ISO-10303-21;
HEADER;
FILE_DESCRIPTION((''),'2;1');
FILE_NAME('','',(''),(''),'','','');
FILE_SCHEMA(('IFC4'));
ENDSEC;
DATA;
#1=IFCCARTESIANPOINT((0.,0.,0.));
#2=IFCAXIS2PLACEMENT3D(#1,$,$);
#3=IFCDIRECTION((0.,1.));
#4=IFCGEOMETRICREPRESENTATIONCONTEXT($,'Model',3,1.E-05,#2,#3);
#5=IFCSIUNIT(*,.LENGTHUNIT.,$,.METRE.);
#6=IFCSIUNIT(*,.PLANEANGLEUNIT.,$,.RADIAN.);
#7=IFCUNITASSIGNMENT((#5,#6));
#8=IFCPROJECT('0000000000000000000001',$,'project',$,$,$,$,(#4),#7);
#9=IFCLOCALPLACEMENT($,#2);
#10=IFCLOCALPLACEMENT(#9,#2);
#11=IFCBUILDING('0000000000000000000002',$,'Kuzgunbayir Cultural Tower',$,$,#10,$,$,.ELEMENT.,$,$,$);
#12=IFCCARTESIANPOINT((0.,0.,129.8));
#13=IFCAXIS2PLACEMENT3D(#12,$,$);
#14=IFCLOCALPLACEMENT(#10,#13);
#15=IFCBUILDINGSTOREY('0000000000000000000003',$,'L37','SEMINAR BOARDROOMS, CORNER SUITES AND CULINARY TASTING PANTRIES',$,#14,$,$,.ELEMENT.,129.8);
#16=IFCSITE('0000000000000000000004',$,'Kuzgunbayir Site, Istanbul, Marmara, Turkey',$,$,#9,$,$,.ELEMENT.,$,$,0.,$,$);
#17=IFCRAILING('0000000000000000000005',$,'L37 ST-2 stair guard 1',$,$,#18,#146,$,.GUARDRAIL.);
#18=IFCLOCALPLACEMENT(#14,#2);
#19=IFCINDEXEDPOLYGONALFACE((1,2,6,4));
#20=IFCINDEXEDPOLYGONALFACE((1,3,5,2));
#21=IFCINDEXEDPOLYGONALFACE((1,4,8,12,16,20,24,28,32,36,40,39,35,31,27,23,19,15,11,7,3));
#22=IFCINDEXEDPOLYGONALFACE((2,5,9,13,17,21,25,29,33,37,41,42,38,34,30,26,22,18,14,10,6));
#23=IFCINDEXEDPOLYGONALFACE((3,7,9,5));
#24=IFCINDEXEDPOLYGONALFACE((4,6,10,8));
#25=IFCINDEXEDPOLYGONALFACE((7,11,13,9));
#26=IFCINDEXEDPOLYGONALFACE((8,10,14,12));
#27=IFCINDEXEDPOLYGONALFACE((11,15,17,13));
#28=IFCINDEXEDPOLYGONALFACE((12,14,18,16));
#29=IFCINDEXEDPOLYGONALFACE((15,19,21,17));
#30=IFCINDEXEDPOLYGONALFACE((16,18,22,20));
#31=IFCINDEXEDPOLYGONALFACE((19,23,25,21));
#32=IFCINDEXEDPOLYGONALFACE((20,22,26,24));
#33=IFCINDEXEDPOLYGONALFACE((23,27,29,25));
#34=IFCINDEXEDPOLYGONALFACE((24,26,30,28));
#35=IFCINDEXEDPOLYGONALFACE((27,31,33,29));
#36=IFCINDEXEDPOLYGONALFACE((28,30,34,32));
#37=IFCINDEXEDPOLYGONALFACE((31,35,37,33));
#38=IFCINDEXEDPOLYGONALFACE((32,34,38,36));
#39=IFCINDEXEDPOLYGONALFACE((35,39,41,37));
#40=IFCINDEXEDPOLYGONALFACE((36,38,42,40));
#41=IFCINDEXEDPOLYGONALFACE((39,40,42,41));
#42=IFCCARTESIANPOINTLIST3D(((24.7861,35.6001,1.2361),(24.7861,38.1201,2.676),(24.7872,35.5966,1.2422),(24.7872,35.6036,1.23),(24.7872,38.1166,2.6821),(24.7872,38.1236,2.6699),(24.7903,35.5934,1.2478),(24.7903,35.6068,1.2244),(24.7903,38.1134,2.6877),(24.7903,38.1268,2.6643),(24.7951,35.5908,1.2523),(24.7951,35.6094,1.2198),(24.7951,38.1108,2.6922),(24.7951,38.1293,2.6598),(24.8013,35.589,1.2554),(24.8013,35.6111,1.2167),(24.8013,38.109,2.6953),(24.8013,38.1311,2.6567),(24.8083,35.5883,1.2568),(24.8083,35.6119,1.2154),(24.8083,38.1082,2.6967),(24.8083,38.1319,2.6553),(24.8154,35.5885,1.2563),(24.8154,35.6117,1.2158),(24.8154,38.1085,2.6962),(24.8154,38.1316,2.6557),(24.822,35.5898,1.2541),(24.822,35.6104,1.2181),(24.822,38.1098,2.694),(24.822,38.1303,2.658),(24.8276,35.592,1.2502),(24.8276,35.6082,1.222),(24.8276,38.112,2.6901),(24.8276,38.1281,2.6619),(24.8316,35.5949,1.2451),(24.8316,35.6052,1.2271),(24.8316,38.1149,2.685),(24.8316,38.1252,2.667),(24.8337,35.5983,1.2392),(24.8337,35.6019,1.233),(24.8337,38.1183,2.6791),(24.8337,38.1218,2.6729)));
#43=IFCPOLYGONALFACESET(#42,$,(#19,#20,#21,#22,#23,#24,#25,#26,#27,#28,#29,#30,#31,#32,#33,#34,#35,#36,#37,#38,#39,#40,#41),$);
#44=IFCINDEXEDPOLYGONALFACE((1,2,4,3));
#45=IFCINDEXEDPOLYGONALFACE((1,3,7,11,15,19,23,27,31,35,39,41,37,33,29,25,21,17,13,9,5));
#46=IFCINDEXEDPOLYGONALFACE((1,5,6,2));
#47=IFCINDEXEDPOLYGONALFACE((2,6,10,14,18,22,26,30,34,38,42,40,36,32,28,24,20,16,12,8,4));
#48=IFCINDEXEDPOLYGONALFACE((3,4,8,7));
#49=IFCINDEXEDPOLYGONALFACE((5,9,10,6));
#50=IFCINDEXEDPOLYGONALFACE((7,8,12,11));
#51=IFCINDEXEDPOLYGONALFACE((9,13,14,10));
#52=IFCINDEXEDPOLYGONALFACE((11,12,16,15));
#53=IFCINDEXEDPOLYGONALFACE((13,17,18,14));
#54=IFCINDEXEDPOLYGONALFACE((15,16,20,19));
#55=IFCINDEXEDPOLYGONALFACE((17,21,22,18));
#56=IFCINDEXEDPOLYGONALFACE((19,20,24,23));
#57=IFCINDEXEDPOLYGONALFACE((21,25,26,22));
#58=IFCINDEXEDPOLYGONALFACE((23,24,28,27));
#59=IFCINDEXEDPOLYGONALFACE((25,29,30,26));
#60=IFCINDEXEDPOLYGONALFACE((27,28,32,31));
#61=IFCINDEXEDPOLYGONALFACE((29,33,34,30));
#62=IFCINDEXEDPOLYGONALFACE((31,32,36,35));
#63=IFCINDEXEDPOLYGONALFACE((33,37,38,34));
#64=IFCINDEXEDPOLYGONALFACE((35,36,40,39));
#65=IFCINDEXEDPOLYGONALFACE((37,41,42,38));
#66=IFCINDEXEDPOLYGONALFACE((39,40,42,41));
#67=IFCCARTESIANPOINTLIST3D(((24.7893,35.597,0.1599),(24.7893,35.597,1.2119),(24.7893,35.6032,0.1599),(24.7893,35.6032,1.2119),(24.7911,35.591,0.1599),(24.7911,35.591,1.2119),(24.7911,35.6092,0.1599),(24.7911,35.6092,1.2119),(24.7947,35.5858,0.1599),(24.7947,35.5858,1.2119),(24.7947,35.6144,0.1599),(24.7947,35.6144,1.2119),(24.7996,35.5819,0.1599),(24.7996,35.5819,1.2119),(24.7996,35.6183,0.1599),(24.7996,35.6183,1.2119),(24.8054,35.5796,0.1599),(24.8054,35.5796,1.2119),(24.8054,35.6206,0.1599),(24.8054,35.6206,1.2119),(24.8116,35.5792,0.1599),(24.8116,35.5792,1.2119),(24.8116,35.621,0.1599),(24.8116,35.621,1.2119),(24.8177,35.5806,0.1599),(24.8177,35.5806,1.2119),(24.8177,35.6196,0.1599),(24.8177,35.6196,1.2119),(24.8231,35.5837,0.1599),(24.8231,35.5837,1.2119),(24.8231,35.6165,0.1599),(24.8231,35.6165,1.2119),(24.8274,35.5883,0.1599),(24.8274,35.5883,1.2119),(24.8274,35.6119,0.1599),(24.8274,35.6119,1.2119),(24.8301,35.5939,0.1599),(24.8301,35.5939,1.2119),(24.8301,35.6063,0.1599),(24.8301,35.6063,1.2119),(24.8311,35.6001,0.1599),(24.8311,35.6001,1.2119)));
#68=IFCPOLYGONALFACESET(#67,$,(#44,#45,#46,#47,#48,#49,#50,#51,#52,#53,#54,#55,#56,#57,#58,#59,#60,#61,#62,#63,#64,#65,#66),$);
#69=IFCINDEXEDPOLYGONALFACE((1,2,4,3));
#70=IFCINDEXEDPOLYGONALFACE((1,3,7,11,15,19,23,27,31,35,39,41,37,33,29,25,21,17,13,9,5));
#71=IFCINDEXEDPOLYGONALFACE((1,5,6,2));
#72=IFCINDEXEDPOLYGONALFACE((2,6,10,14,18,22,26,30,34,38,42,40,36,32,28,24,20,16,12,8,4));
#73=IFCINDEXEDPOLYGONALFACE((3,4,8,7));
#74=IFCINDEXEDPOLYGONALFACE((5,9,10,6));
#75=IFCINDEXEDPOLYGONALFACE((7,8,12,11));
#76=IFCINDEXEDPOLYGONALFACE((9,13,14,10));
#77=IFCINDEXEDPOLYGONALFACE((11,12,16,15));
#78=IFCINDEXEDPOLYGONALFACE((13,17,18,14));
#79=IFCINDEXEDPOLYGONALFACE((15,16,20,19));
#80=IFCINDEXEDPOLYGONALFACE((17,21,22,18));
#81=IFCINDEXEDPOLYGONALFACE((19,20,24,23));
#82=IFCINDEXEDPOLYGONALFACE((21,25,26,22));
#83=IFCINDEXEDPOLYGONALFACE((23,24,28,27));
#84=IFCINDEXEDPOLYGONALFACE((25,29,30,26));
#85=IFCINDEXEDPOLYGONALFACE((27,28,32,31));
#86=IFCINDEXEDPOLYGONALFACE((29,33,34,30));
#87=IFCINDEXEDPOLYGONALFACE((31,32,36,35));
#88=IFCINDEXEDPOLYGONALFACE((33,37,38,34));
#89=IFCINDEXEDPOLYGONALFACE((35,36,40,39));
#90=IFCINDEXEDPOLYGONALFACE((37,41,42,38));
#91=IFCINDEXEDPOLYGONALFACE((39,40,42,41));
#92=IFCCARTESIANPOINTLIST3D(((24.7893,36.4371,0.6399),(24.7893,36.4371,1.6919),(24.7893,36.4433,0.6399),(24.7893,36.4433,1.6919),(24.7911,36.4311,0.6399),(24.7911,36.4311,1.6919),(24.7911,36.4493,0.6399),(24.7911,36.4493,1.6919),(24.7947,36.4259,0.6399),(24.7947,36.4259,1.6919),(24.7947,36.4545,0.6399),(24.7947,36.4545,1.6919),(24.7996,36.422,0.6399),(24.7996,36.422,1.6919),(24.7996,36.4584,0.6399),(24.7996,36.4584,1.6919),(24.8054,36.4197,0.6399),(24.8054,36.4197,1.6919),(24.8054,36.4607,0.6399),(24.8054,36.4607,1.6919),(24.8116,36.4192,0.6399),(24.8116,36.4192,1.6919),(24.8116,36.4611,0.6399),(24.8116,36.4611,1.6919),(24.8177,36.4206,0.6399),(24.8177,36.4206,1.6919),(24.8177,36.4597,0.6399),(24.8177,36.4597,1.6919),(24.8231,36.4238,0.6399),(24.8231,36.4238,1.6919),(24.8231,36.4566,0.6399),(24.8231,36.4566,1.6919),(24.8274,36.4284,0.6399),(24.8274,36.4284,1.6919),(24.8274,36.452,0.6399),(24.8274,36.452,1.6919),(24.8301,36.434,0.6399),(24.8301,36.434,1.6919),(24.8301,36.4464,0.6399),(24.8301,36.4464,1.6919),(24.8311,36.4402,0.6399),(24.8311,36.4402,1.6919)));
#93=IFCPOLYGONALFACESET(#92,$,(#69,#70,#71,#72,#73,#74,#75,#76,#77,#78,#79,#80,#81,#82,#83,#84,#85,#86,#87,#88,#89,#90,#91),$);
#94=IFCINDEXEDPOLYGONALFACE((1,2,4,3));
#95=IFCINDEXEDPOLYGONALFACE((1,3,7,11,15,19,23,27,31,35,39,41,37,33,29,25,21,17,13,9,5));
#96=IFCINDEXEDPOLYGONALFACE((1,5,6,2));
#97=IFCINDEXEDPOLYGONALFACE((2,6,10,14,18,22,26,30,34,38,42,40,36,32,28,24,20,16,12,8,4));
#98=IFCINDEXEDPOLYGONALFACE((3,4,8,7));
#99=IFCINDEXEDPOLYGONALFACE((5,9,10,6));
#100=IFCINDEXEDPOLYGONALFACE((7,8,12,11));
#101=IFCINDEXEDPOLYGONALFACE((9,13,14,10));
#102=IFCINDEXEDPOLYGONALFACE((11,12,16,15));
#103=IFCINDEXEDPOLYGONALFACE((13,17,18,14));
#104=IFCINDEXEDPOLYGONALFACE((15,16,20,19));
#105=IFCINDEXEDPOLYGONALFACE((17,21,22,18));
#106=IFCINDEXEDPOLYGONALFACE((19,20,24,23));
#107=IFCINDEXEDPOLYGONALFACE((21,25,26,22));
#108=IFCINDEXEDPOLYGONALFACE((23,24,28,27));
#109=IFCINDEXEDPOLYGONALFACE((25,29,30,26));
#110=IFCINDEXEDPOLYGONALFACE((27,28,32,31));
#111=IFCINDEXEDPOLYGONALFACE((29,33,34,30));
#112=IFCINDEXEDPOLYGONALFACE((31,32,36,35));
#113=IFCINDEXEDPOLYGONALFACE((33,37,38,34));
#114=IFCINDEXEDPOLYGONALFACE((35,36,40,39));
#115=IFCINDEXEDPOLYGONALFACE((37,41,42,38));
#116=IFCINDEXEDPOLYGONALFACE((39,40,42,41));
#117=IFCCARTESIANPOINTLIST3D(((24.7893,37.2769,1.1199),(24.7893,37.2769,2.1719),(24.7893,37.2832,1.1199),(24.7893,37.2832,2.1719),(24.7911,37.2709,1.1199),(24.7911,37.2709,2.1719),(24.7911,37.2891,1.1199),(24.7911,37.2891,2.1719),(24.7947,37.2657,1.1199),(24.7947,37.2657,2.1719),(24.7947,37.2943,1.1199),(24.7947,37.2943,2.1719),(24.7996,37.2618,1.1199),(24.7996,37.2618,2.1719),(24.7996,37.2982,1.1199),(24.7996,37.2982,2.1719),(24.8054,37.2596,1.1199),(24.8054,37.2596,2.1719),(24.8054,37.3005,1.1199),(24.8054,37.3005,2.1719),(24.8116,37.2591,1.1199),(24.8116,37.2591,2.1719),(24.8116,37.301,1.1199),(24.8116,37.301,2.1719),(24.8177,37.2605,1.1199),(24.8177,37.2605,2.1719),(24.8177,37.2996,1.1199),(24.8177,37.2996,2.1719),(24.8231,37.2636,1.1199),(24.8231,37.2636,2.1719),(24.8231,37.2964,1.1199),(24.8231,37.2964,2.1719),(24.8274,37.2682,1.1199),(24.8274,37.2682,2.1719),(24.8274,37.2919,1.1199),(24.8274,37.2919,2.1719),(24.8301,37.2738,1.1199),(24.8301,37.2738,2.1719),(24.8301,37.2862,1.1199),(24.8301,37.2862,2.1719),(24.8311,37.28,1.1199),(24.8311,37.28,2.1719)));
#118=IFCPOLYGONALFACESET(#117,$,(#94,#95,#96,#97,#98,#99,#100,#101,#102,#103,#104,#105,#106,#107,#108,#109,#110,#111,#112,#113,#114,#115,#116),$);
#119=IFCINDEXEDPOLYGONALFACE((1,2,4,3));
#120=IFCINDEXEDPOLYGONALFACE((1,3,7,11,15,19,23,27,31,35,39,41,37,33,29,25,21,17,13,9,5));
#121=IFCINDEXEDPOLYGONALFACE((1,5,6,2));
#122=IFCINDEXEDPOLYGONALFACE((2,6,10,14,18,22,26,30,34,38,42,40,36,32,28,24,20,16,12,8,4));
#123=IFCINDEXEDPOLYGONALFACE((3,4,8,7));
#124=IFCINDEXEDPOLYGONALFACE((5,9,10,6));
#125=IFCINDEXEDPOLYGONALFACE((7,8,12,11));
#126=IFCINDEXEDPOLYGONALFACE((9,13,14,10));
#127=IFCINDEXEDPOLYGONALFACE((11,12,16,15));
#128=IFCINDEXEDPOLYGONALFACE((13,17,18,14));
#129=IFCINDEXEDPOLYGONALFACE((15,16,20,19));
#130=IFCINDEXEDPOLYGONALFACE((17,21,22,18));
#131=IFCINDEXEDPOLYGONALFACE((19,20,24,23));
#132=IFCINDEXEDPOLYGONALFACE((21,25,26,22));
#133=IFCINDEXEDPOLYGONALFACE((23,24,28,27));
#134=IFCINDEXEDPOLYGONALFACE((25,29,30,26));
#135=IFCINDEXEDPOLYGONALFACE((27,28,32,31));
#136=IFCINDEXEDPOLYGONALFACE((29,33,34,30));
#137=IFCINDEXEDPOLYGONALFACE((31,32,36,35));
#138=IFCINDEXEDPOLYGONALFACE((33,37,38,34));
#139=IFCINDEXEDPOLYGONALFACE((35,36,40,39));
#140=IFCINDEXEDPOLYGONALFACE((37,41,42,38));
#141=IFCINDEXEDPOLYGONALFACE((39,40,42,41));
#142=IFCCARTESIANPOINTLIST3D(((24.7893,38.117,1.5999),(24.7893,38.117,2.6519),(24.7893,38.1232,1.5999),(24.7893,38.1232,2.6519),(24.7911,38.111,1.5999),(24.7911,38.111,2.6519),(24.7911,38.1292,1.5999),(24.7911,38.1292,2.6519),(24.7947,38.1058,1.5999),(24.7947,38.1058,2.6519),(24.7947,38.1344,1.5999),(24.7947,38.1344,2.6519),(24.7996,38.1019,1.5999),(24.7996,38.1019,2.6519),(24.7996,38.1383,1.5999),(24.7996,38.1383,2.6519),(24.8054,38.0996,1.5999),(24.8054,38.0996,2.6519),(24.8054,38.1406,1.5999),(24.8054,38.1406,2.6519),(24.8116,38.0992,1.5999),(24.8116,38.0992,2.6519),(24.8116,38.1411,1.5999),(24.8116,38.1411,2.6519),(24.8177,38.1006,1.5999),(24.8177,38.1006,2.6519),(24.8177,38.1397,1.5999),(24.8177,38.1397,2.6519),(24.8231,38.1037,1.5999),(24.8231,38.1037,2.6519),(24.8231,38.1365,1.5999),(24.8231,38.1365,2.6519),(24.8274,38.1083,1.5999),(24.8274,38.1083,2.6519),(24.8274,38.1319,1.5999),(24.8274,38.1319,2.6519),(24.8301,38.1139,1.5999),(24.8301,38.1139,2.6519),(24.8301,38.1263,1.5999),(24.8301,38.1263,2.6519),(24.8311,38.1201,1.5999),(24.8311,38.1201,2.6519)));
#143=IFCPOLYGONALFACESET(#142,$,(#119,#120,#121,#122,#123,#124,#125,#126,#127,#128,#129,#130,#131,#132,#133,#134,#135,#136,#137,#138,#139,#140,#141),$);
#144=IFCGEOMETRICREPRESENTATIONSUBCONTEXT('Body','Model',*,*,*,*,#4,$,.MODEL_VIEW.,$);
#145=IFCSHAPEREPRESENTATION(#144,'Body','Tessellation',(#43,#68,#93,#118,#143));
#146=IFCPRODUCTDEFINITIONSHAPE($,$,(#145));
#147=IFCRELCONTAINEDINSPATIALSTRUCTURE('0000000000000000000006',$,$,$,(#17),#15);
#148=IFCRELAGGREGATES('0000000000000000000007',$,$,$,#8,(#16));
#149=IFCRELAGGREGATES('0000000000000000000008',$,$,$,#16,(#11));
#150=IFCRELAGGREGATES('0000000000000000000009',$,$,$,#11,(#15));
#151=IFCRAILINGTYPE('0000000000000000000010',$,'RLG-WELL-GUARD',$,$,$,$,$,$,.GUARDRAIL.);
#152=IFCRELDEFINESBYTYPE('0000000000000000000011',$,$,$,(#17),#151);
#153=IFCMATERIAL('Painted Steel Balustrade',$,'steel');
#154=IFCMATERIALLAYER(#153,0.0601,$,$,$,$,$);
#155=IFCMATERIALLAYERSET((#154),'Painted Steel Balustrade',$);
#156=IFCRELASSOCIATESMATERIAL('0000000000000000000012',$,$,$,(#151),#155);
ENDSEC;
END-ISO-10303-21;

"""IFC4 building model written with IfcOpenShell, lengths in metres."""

from ifc_helpers import new_model, si_unit, direction, frame, origin, origin_2d, place, context, subcontext, project, spatial, circle, extrude, material, layer, layer_set, type_object, element, save


model = new_model("IFC4")

# Units and contexts
model_context = context("Model", 3, precision=1e-05, world=origin(), true_north=direction((0.0, 1.0)))
body_context = subcontext(model_context, "Body", "Model", "MODEL_VIEW")
ifc_project = project(units=[si_unit("LENGTHUNIT", "METRE"), si_unit("PLANEANGLEUNIT", "RADIAN")], contexts=[model_context])

# Site, building, storey
site_placement = place(None, origin())
site = spatial("IfcSite", under=ifc_project, at=site_placement, Name="Kuzgunbayir Site, Istanbul, Marmara, Turkey", CompositionType="ELEMENT", RefElevation=0.0)
building_placement = place(site_placement, origin())
building = spatial("IfcBuilding", under=site, at=building_placement, Name="Kuzgunbayir Cultural Tower", CompositionType="ELEMENT")
storey_placement = place(building_placement, frame((0.0, 0.0, 129.8)))
storey = spatial("IfcBuildingStorey", under=building, at=storey_placement, Name="L37", Description="SEMINAR BOARDROOMS, CORNER SUITES AND CULINARY TASTING PANTRIES", CompositionType="ELEMENT", Elevation=129.8)

# Railing
ifc_material_1 = material(Name="Painted Steel Balustrade", Category="steel")
ifc_layer_1 = layer(ifc_material_1, 0.0601)
ifc_layer_set_1 = layer_set([ifc_layer_1], Name="Painted Steel Balustrade")
railing_type_1 = type_object("IfcRailingType", Name="RLG-WELL-GUARD", PredefinedType="GUARDRAIL", material=ifc_layer_set_1)
railing_1_placement = place(storey_placement, frame((24.8101, 35.6001, 0.1599)))
element("IfcRailing", 1, at=railing_1_placement, inside=storey, type_object=railing_type_1, Name="L37 ST-2 stair guard 1", PredefinedType="GUARDRAIL", context=body_context, shape_type="SweptSolid", body=[
    extrude(circle(Radius=0.0239, at=origin_2d()), frame((0.0, 0.0, 1.0762), z_axis=(0.0, 0.868253, 0.496121), x_axis=(-1.0, 0.0, 0.0)), (0.0, 0.0, 1.0), 2.9023),
    extrude(circle(Radius=0.021, at=origin_2d()), origin(), (0.0, 0.0, 1.0), 1.052),
    extrude(circle(Radius=0.021, at=origin_2d()), frame((0.0, 0.8401, 0.48)), (0.0, 0.0, 1.0), 1.052),
    extrude(circle(Radius=0.021, at=origin_2d()), frame((0.0, 1.6799, 0.96)), (0.0, 0.0, 1.0), 1.052),
    extrude(circle(Radius=0.021, at=origin_2d()), frame((0.0, 2.52, 1.4399)), (0.0, 0.0, 1.0), 1.052),
])

save(model, "model.ifc")
